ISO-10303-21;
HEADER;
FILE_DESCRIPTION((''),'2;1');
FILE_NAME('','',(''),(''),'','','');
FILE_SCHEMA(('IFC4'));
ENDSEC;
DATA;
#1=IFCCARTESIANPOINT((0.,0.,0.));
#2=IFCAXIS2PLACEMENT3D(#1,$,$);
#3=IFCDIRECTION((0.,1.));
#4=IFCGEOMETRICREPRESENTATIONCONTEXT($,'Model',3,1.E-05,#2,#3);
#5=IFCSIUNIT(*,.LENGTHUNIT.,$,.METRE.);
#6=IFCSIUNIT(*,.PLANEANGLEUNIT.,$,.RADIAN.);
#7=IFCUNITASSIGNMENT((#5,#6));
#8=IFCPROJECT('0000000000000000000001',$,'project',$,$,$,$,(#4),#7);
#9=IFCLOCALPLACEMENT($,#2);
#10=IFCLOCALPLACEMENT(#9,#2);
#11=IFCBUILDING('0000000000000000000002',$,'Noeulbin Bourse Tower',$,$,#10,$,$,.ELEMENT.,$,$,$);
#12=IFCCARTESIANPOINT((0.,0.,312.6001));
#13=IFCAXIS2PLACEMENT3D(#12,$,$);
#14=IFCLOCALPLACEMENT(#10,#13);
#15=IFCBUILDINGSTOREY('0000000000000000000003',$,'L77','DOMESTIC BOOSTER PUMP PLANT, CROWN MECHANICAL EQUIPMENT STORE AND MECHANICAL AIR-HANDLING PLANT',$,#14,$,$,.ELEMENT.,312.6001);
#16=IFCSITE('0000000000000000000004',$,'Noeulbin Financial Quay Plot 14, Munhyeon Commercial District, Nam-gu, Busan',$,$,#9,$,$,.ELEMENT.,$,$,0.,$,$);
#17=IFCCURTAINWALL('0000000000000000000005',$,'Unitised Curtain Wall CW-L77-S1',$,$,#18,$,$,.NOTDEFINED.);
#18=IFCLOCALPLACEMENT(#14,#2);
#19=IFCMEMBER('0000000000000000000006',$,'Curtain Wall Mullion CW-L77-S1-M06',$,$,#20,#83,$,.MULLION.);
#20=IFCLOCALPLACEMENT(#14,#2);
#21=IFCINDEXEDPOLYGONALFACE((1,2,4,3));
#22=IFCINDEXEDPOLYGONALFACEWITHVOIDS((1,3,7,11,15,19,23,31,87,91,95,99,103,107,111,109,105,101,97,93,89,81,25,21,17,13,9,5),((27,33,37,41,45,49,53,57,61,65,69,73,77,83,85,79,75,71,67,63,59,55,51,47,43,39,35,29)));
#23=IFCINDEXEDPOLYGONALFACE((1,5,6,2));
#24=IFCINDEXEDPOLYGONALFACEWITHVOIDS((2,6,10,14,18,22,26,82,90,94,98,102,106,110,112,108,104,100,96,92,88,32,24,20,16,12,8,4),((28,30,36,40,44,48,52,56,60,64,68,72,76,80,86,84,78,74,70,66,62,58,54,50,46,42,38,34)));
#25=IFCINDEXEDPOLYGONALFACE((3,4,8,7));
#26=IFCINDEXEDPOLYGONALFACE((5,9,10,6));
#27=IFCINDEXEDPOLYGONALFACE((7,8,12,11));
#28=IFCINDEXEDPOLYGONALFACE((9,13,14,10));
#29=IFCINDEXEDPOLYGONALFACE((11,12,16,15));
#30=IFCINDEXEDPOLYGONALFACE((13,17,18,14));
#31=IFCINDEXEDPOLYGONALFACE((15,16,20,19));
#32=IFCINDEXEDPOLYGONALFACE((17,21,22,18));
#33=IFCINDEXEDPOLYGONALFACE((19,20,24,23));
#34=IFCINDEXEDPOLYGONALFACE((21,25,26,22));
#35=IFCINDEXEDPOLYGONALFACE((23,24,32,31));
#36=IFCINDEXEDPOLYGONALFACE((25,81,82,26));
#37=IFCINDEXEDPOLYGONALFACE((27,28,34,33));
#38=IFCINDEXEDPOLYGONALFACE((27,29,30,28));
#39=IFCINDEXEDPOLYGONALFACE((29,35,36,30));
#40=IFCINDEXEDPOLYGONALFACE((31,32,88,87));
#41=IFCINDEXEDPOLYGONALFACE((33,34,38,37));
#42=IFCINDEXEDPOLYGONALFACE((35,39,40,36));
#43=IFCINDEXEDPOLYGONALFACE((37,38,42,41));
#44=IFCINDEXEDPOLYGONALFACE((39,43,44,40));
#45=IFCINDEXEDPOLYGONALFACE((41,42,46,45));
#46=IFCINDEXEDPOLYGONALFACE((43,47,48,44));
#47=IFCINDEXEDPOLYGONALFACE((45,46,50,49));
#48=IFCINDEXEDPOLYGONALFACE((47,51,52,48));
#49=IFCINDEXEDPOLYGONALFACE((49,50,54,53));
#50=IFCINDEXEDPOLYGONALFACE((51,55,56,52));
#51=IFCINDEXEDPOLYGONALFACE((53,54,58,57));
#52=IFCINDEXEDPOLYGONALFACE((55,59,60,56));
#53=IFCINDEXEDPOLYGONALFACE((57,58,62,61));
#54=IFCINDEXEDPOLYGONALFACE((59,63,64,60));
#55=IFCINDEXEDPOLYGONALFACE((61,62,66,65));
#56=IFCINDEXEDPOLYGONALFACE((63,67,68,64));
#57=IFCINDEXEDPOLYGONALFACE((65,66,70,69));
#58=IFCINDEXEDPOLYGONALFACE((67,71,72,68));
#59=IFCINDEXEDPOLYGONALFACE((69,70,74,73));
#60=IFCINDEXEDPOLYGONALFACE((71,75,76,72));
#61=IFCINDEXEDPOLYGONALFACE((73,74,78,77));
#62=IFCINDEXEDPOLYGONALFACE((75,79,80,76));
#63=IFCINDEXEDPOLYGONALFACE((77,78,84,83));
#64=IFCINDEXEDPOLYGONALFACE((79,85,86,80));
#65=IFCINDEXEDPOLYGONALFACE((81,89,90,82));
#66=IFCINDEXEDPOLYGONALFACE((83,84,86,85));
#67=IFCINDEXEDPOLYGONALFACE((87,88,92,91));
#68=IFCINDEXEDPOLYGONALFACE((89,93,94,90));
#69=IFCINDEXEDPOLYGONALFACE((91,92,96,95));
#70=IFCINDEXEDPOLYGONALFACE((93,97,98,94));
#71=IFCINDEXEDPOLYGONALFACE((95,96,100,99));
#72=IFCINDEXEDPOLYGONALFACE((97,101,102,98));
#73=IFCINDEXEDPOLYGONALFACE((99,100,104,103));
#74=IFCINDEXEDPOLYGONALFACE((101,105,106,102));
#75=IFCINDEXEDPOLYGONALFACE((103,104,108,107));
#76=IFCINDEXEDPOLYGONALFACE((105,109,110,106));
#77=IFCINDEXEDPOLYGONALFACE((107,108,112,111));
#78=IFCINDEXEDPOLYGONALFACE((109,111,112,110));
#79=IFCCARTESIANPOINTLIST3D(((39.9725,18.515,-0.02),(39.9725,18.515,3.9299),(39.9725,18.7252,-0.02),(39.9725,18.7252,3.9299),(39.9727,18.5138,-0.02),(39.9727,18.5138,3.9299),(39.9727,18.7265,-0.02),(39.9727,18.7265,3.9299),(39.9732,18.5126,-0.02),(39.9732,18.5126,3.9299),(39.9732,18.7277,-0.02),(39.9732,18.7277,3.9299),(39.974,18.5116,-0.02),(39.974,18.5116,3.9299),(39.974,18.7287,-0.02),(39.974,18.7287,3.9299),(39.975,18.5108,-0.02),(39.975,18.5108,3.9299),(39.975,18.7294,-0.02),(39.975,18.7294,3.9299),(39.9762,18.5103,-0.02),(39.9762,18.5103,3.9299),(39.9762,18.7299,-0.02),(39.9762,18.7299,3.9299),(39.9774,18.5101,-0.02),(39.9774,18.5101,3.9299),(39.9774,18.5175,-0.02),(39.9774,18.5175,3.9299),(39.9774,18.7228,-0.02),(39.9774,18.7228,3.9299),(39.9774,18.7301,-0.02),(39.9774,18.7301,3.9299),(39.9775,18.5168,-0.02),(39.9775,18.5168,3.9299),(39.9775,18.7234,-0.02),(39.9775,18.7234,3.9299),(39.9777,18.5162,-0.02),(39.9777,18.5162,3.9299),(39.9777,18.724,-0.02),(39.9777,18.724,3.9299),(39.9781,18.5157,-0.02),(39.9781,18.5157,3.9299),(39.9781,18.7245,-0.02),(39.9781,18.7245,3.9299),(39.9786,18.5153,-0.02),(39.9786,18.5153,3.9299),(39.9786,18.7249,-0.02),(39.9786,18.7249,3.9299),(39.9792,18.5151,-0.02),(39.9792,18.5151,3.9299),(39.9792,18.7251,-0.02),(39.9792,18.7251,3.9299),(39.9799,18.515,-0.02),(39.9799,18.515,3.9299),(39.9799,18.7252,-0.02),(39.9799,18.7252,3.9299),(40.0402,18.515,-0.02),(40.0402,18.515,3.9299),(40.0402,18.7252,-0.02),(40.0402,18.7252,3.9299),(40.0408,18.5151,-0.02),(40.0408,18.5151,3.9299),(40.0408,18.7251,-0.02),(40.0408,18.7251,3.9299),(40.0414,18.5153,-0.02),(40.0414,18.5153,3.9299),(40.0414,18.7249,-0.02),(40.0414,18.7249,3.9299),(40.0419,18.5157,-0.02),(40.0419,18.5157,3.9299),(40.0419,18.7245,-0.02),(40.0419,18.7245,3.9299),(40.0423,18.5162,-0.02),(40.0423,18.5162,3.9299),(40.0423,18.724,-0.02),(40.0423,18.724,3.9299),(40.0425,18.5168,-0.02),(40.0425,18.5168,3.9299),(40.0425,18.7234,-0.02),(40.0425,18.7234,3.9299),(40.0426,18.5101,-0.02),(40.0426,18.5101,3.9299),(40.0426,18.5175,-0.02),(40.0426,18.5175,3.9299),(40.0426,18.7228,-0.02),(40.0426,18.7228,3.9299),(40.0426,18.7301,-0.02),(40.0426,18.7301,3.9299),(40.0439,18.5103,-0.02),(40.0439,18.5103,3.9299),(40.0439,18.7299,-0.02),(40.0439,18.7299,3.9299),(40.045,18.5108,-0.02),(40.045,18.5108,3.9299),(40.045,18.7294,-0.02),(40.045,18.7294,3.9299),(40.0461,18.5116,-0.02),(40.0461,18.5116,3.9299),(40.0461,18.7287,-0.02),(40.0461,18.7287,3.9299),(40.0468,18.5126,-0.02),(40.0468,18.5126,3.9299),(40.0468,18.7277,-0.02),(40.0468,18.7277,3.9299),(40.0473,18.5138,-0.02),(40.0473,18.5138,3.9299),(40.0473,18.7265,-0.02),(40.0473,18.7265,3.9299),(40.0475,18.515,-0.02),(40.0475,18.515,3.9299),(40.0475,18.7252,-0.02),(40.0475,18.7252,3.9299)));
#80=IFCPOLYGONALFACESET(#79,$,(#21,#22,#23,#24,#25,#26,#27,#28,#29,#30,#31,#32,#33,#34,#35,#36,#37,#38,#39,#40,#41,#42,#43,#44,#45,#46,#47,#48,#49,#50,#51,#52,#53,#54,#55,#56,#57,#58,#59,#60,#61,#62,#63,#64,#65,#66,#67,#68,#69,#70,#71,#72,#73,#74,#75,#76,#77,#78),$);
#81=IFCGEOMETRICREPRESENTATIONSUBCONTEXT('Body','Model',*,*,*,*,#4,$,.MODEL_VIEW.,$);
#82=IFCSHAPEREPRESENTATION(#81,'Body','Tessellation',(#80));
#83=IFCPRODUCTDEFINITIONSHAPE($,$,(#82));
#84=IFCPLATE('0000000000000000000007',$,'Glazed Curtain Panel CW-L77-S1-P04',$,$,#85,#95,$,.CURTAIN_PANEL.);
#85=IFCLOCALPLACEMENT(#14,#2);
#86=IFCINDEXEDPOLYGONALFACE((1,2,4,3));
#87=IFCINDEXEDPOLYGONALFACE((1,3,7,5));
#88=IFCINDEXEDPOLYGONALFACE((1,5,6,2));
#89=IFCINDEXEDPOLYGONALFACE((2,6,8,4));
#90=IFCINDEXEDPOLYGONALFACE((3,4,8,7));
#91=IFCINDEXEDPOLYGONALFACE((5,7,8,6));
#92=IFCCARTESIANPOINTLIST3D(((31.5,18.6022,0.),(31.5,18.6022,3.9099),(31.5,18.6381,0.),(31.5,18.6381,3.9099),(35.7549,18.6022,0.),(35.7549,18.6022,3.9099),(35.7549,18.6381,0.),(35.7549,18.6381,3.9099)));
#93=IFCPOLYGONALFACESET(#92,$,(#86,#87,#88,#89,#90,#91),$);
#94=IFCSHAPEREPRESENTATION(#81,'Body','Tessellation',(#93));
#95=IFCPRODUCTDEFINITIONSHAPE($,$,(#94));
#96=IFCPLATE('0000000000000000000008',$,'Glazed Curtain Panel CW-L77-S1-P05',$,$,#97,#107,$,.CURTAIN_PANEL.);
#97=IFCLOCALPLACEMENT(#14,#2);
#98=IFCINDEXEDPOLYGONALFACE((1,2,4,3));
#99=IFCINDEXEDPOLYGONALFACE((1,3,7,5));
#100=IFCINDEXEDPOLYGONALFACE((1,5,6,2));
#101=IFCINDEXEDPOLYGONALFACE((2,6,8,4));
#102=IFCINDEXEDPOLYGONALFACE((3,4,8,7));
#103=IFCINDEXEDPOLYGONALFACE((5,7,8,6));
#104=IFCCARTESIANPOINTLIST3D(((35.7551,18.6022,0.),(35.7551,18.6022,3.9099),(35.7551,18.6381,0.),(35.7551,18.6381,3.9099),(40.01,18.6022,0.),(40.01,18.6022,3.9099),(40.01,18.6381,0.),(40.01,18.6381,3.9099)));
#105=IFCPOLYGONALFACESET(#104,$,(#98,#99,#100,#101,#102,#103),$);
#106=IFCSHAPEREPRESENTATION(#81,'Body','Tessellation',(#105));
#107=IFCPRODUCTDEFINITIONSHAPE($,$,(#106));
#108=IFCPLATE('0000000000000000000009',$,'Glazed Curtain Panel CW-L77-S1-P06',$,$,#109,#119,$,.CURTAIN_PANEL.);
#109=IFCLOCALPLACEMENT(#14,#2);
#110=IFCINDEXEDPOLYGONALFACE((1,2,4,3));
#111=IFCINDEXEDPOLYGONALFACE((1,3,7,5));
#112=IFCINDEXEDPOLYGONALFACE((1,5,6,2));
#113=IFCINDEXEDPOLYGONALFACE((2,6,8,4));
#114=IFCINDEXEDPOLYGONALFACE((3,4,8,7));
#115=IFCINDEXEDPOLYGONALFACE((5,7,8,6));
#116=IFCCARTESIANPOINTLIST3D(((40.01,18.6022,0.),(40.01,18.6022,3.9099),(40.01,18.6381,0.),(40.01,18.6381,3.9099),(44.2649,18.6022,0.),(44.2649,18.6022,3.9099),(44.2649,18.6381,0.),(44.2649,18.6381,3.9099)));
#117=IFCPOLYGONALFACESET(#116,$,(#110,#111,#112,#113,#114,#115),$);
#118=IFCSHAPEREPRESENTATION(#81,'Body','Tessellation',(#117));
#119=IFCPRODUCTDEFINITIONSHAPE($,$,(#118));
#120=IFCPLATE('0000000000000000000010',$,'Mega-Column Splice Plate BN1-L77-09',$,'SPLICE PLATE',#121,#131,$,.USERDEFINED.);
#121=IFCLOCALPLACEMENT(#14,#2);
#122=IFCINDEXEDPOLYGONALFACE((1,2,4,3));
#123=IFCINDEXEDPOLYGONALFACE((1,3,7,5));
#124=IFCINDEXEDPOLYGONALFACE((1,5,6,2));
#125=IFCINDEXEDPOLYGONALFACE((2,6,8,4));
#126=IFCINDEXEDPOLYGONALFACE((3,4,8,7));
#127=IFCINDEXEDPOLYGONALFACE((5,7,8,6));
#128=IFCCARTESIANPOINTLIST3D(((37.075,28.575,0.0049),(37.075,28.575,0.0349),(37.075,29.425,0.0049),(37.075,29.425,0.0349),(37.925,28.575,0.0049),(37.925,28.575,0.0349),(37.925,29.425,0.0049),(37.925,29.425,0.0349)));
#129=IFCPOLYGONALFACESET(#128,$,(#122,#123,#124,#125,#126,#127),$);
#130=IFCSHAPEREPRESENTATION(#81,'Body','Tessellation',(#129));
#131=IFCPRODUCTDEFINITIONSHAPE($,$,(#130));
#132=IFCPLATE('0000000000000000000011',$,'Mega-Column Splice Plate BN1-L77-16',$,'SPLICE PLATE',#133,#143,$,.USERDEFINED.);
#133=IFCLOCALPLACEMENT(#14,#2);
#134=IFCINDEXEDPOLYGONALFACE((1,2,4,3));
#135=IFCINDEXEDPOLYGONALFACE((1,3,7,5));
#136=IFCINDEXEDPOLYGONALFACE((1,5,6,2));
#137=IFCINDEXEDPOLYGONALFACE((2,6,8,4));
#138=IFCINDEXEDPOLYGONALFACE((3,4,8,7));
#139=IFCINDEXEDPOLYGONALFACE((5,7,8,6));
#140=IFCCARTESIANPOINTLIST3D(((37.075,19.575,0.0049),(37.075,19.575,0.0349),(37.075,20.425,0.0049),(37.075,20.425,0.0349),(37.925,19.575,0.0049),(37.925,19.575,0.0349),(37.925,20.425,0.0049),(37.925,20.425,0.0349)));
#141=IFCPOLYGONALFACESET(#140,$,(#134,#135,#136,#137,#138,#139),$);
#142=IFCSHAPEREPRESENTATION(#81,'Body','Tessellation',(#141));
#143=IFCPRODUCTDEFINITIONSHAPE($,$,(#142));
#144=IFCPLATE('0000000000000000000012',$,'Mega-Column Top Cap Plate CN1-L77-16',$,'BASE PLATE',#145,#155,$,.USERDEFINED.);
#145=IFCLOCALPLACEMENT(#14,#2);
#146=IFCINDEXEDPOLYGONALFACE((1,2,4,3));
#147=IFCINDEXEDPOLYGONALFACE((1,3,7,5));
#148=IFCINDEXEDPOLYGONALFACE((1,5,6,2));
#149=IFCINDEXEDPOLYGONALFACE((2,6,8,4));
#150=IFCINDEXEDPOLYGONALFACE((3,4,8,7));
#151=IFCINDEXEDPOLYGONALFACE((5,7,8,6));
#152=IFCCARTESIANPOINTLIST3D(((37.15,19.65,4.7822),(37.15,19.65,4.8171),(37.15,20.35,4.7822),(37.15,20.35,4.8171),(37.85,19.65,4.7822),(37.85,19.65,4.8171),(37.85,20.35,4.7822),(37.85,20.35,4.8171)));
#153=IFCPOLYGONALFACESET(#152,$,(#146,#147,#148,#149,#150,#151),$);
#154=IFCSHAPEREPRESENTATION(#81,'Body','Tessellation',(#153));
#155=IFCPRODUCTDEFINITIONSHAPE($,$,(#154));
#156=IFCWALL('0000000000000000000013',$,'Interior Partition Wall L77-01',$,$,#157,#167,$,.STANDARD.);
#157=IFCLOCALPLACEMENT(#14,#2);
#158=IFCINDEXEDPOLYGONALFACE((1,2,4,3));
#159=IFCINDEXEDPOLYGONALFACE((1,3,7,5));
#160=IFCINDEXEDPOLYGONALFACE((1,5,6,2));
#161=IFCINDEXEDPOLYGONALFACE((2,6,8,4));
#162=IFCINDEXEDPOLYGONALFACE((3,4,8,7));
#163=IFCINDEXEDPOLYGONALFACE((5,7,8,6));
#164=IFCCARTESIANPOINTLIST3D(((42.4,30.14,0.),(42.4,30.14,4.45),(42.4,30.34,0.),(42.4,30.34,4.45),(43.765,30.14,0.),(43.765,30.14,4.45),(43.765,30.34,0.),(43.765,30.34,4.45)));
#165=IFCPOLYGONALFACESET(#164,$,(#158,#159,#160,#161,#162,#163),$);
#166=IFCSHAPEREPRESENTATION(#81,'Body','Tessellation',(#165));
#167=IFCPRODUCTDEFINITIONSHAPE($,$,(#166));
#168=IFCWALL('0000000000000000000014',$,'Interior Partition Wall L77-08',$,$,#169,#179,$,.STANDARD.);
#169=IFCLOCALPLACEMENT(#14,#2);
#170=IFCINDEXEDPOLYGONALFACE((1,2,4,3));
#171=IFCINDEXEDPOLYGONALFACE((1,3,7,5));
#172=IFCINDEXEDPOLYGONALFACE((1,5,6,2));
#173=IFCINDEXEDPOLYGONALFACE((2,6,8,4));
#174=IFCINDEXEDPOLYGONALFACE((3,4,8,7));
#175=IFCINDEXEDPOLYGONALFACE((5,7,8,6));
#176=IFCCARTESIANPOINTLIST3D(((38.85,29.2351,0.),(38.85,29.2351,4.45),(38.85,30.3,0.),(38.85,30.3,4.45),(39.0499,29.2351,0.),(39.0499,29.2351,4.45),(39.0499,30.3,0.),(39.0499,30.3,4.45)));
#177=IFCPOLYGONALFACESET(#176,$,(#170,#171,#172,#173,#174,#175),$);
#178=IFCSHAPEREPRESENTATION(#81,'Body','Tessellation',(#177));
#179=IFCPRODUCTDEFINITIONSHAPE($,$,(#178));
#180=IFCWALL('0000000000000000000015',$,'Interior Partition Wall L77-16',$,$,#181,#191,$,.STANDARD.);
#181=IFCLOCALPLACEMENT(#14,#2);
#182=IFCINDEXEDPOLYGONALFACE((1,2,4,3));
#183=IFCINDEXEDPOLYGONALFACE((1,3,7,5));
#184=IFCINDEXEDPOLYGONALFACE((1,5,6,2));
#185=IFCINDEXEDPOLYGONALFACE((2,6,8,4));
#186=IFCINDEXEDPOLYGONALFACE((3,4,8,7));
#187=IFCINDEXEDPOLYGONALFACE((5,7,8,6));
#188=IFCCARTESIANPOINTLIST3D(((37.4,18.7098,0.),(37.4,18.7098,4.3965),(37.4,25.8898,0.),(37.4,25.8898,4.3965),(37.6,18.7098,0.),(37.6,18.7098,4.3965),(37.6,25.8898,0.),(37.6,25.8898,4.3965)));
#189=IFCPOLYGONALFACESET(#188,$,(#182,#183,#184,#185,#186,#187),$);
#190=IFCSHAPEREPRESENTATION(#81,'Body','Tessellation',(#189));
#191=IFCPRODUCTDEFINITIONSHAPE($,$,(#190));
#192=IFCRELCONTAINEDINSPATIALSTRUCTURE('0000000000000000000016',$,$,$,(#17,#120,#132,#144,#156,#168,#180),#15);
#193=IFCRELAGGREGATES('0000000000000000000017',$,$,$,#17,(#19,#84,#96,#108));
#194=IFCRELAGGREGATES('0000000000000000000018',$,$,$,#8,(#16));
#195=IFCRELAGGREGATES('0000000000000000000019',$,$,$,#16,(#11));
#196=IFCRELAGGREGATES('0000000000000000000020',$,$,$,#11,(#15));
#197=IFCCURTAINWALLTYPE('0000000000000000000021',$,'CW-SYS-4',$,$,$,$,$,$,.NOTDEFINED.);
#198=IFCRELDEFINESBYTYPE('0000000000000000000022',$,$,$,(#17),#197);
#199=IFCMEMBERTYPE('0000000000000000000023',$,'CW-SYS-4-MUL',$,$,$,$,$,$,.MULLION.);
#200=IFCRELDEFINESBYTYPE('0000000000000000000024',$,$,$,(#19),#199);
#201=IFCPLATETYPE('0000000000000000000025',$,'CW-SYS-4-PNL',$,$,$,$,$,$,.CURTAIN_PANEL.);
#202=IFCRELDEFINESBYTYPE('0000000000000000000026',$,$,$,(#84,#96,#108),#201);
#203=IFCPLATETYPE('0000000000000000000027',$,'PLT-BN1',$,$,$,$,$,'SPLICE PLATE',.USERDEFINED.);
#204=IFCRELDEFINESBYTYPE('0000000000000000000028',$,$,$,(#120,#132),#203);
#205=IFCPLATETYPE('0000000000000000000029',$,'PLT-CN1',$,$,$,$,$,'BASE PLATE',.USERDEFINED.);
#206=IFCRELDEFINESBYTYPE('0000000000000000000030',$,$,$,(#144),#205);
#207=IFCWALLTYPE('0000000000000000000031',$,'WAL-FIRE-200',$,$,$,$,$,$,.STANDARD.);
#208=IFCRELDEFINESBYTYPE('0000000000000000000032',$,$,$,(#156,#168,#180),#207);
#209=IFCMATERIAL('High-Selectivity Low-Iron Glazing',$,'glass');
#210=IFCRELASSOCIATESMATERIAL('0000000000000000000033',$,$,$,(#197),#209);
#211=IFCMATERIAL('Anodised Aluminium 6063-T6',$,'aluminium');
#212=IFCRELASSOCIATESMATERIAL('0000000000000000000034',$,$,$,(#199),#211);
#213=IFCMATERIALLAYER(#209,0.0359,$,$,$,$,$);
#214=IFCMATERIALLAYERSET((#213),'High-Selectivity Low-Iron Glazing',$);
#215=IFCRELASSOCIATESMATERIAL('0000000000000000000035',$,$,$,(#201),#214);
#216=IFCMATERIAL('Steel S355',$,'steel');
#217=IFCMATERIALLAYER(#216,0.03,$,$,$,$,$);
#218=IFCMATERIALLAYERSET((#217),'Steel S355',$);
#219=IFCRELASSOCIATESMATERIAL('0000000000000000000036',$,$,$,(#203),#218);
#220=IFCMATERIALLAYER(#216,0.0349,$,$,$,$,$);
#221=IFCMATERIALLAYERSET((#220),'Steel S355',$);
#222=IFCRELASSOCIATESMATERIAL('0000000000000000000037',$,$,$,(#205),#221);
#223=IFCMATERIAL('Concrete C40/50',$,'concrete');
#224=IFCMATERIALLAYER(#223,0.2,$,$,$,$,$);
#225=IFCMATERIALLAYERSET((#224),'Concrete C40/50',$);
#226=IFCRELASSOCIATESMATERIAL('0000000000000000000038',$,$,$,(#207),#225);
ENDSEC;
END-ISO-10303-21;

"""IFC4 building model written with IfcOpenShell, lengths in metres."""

from ifc_helpers import new_model, si_unit, direction, frame, frame_2d, origin, origin_2d, place, context, subcontext, project, spatial, rectangle, hollow_rectangle, extrude, material, layer, layer_set, material_profile, profile_set, type_object, element, aggregate, save


model = new_model("IFC4")

# Units and contexts
model_context = context("Model", 3, precision=1e-05, world=origin(), true_north=direction((0.0, 1.0)))
body_context = subcontext(model_context, "Body", "Model", "MODEL_VIEW")
ifc_project = project(units=[si_unit("LENGTHUNIT", "METRE"), si_unit("PLANEANGLEUNIT", "RADIAN")], contexts=[model_context])

# Site, building, storey
site_placement = place(None, origin())
site = spatial("IfcSite", under=ifc_project, at=site_placement, Name="Noeulbin Financial Quay Plot 14, Munhyeon Commercial District, Nam-gu, Busan", CompositionType="ELEMENT", RefElevation=0.0)
building_placement = place(site_placement, origin())
building = spatial("IfcBuilding", under=site, at=building_placement, Name="Noeulbin Bourse Tower", CompositionType="ELEMENT")
storey_placement = place(building_placement, frame((0.0, 0.0, 312.6001)))
storey = spatial("IfcBuildingStorey", under=building, at=storey_placement, Name="L77", Description="DOMESTIC BOOSTER PUMP PLANT, CROWN MECHANICAL EQUIPMENT STORE AND MECHANICAL AIR-HANDLING PLANT", CompositionType="ELEMENT", Elevation=312.6001)

# Shared definitions
ifc_material_1 = material(Name="Steel S355", Category="steel")

# Curtain wall, member, plates
ifc_material_2 = material(Name="High-Selectivity Low-Iron Glazing", Category="glass")
curtain_wall_type = type_object("IfcCurtainWallType", Name="CW-SYS-4", PredefinedType="NOTDEFINED", material=ifc_material_2)
curtain_wall_placement = place(storey_placement, origin())
curtain_wall = element("IfcCurtainWall", 1, at=curtain_wall_placement, inside=storey, type_object=curtain_wall_type, Name="Unitised Curtain Wall CW-L77-S1", PredefinedType="NOTDEFINED")
ifc_material_3 = material(Name="Anodised Aluminium 6063-T6", Category="aluminium")
ifc_material_profile_1 = material_profile(ifc_material_3, hollow_rectangle(XDim=0.075, YDim=0.22, WallThickness=0.0049, InnerFilletRadius=0.0024, OuterFilletRadius=0.0049, at=origin_2d()), Name="ALU-MULL-75x220x5", Category="LoadBearing")
ifc_profile_set_1 = profile_set([ifc_material_profile_1], Name="Anodised Aluminium 6063-T6")
member_type = type_object("IfcMemberType", Name="CW-SYS-4-MUL", PredefinedType="MULLION", material=ifc_profile_set_1)
member_1_placement = place(storey_placement, frame((40.01, 18.6201, -0.02), z_axis=(0.0, 0.0, 1.0), x_axis=(1.0, 0.0, 0.0)))
member_1 = element("IfcMember", 2, at=member_1_placement, type_object=member_type, Name="Curtain Wall Mullion CW-L77-S1-M06", PredefinedType="MULLION", context=body_context, shape_type="SweptSolid", body=[
    extrude(hollow_rectangle(XDim=0.075, YDim=0.22, WallThickness=0.0049, InnerFilletRadius=0.0024, OuterFilletRadius=0.0049, at=origin_2d()), origin(), (0.0, 0.0, 1.0), 3.95),
])
ifc_layer_1 = layer(ifc_material_2, 0.0359)
ifc_layer_set_1 = layer_set([ifc_layer_1], Name="High-Selectivity Low-Iron Glazing")
plate_type_1 = type_object("IfcPlateType", Name="CW-SYS-4-PNL", PredefinedType="CURTAIN_PANEL", material=ifc_layer_set_1)
plate_1_placement = place(storey_placement, frame((33.6274, 18.6201, 0.0), z_axis=(0.0, 0.0, 1.0), x_axis=(1.0, 0.0, 0.0)))
plate_1 = element("IfcPlate", 3, at=plate_1_placement, type_object=plate_type_1, Name="Glazed Curtain Panel CW-L77-S1-P04", PredefinedType="CURTAIN_PANEL", context=body_context, shape_type="SweptSolid", body=[
    extrude(rectangle(XDim=4.2549, YDim=0.0359, at=origin_2d()), origin(), (0.0, 0.0, 1.0), 3.9099),
])
plate_2_placement = place(storey_placement, frame((37.8826, 18.6201, 0.0), z_axis=(0.0, 0.0, 1.0), x_axis=(1.0, 0.0, 0.0)))
plate_2 = element("IfcPlate", 4, at=plate_2_placement, type_object=plate_type_1, Name="Glazed Curtain Panel CW-L77-S1-P05", PredefinedType="CURTAIN_PANEL", context=body_context, shape_type="SweptSolid", body=[
    extrude(rectangle(XDim=4.2549, YDim=0.0359, at=origin_2d()), origin(), (0.0, 0.0, 1.0), 3.9099),
])
plate_3_placement = place(storey_placement, frame((42.1375, 18.6201, 0.0), z_axis=(0.0, 0.0, 1.0), x_axis=(1.0, 0.0, 0.0)))
plate_3 = element("IfcPlate", 5, at=plate_3_placement, type_object=plate_type_1, Name="Glazed Curtain Panel CW-L77-S1-P06", PredefinedType="CURTAIN_PANEL", context=body_context, shape_type="SweptSolid", body=[
    extrude(rectangle(XDim=4.2549, YDim=0.0359, at=origin_2d()), origin(), (0.0, 0.0, 1.0), 3.9099),
])
aggregate(curtain_wall, [member_1, plate_1, plate_2, plate_3])

# Plates
ifc_layer_2 = layer(ifc_material_1, 0.03)
ifc_layer_set_2 = layer_set([ifc_layer_2], Name="Steel S355")
plate_type_2 = type_object("IfcPlateType", Name="PLT-BN1", ElementType="SPLICE PLATE", PredefinedType="USERDEFINED", material=ifc_layer_set_2)
for number, where, z_axis, x_axis, name in (
    (6, (37.5, 29.0, 0.0049), (0.0, 0.0, 1.0), (1.0, 0.0, 0.0), "Mega-Column Splice Plate BN1-L77-09"),
    (7, (37.5, 20.0, 0.0049), (0.0, 0.0, 1.0), (1.0, 0.0, 0.0), "Mega-Column Splice Plate BN1-L77-16"),
):
    element("IfcPlate", number, at=place(storey_placement, frame(where, z_axis=z_axis, x_axis=x_axis)), inside=storey, type_object=plate_type_2, Name=name, ObjectType="SPLICE PLATE", PredefinedType="USERDEFINED", context=body_context, shape_type="SweptSolid", body=[
        extrude(rectangle(XDim=0.8501, YDim=0.8501, at=origin_2d()), origin(), (0.0, 0.0, 1.0), 0.03),
    ])
ifc_layer_3 = layer(ifc_material_1, 0.0349)
ifc_layer_set_3 = layer_set([ifc_layer_3], Name="Steel S355")
plate_type_3 = type_object("IfcPlateType", Name="PLT-CN1", ElementType="BASE PLATE", PredefinedType="USERDEFINED", material=ifc_layer_set_3)
plate_4_placement = place(storey_placement, frame((37.5, 20.0, 4.7822), z_axis=(0.0, 0.0, 1.0), x_axis=(1.0, 0.0, 0.0)))
element("IfcPlate", 8, at=plate_4_placement, inside=storey, type_object=plate_type_3, Name="Mega-Column Top Cap Plate CN1-L77-16", ObjectType="BASE PLATE", PredefinedType="USERDEFINED", context=body_context, shape_type="SweptSolid", body=[
    extrude(rectangle(XDim=0.7, YDim=0.7, at=origin_2d()), origin(), (0.0, 0.0, 1.0), 0.0349),
])

# Walls
ifc_material_4 = material(Name="Concrete C40/50", Category="concrete")
ifc_layer_4 = layer(ifc_material_4, 0.2)
ifc_layer_set_4 = layer_set([ifc_layer_4], Name="Concrete C40/50")
wall_type_1 = type_object("IfcWallType", Name="WAL-FIRE-200", PredefinedType="STANDARD", material=ifc_layer_set_4)
wall_1_placement = place(storey_placement, frame((42.3999, 30.24, 0.0), z_axis=(0.0, 0.0, 1.0), x_axis=(1.0, 0.0, 0.0)))
element("IfcWall", 9, at=wall_1_placement, inside=storey, type_object=wall_type_1, Name="Interior Partition Wall L77-01", PredefinedType="STANDARD", context=body_context, shape_type="SweptSolid", body=[
    extrude(rectangle(XDim=1.365, YDim=0.2, at=frame_2d((0.6826, 0.0))), origin(), (0.0, 0.0, 1.0), 4.45),
])
wall_2_placement = place(storey_placement, frame((38.95, 29.2351, 0.0), z_axis=(0.0, 0.0, 1.0), x_axis=(0.0, 1.0, 0.0)))
element("IfcWall", 10, at=wall_2_placement, inside=storey, type_object=wall_type_1, Name="Interior Partition Wall L77-08", PredefinedType="STANDARD", context=body_context, shape_type="SweptSolid", body=[
    extrude(rectangle(XDim=1.0649, YDim=0.2, at=frame_2d((0.5325, 0.0))), origin(), (0.0, 0.0, 1.0), 4.45),
])
wall_3_placement = place(storey_placement, frame((37.5, 18.71, 0.0), z_axis=(0.0, 0.0, 1.0), x_axis=(0.0, 1.0, 0.0)))
element("IfcWall", 11, at=wall_3_placement, inside=storey, type_object=wall_type_1, Name="Interior Partition Wall L77-16", PredefinedType="STANDARD", context=body_context, shape_type="SweptSolid", body=[
    extrude(rectangle(XDim=7.1799, YDim=0.2, at=frame_2d((3.5898, 0.0))), origin(), (0.0, 0.0, 1.0), 4.3965),
])

save(model, "model.ifc")
